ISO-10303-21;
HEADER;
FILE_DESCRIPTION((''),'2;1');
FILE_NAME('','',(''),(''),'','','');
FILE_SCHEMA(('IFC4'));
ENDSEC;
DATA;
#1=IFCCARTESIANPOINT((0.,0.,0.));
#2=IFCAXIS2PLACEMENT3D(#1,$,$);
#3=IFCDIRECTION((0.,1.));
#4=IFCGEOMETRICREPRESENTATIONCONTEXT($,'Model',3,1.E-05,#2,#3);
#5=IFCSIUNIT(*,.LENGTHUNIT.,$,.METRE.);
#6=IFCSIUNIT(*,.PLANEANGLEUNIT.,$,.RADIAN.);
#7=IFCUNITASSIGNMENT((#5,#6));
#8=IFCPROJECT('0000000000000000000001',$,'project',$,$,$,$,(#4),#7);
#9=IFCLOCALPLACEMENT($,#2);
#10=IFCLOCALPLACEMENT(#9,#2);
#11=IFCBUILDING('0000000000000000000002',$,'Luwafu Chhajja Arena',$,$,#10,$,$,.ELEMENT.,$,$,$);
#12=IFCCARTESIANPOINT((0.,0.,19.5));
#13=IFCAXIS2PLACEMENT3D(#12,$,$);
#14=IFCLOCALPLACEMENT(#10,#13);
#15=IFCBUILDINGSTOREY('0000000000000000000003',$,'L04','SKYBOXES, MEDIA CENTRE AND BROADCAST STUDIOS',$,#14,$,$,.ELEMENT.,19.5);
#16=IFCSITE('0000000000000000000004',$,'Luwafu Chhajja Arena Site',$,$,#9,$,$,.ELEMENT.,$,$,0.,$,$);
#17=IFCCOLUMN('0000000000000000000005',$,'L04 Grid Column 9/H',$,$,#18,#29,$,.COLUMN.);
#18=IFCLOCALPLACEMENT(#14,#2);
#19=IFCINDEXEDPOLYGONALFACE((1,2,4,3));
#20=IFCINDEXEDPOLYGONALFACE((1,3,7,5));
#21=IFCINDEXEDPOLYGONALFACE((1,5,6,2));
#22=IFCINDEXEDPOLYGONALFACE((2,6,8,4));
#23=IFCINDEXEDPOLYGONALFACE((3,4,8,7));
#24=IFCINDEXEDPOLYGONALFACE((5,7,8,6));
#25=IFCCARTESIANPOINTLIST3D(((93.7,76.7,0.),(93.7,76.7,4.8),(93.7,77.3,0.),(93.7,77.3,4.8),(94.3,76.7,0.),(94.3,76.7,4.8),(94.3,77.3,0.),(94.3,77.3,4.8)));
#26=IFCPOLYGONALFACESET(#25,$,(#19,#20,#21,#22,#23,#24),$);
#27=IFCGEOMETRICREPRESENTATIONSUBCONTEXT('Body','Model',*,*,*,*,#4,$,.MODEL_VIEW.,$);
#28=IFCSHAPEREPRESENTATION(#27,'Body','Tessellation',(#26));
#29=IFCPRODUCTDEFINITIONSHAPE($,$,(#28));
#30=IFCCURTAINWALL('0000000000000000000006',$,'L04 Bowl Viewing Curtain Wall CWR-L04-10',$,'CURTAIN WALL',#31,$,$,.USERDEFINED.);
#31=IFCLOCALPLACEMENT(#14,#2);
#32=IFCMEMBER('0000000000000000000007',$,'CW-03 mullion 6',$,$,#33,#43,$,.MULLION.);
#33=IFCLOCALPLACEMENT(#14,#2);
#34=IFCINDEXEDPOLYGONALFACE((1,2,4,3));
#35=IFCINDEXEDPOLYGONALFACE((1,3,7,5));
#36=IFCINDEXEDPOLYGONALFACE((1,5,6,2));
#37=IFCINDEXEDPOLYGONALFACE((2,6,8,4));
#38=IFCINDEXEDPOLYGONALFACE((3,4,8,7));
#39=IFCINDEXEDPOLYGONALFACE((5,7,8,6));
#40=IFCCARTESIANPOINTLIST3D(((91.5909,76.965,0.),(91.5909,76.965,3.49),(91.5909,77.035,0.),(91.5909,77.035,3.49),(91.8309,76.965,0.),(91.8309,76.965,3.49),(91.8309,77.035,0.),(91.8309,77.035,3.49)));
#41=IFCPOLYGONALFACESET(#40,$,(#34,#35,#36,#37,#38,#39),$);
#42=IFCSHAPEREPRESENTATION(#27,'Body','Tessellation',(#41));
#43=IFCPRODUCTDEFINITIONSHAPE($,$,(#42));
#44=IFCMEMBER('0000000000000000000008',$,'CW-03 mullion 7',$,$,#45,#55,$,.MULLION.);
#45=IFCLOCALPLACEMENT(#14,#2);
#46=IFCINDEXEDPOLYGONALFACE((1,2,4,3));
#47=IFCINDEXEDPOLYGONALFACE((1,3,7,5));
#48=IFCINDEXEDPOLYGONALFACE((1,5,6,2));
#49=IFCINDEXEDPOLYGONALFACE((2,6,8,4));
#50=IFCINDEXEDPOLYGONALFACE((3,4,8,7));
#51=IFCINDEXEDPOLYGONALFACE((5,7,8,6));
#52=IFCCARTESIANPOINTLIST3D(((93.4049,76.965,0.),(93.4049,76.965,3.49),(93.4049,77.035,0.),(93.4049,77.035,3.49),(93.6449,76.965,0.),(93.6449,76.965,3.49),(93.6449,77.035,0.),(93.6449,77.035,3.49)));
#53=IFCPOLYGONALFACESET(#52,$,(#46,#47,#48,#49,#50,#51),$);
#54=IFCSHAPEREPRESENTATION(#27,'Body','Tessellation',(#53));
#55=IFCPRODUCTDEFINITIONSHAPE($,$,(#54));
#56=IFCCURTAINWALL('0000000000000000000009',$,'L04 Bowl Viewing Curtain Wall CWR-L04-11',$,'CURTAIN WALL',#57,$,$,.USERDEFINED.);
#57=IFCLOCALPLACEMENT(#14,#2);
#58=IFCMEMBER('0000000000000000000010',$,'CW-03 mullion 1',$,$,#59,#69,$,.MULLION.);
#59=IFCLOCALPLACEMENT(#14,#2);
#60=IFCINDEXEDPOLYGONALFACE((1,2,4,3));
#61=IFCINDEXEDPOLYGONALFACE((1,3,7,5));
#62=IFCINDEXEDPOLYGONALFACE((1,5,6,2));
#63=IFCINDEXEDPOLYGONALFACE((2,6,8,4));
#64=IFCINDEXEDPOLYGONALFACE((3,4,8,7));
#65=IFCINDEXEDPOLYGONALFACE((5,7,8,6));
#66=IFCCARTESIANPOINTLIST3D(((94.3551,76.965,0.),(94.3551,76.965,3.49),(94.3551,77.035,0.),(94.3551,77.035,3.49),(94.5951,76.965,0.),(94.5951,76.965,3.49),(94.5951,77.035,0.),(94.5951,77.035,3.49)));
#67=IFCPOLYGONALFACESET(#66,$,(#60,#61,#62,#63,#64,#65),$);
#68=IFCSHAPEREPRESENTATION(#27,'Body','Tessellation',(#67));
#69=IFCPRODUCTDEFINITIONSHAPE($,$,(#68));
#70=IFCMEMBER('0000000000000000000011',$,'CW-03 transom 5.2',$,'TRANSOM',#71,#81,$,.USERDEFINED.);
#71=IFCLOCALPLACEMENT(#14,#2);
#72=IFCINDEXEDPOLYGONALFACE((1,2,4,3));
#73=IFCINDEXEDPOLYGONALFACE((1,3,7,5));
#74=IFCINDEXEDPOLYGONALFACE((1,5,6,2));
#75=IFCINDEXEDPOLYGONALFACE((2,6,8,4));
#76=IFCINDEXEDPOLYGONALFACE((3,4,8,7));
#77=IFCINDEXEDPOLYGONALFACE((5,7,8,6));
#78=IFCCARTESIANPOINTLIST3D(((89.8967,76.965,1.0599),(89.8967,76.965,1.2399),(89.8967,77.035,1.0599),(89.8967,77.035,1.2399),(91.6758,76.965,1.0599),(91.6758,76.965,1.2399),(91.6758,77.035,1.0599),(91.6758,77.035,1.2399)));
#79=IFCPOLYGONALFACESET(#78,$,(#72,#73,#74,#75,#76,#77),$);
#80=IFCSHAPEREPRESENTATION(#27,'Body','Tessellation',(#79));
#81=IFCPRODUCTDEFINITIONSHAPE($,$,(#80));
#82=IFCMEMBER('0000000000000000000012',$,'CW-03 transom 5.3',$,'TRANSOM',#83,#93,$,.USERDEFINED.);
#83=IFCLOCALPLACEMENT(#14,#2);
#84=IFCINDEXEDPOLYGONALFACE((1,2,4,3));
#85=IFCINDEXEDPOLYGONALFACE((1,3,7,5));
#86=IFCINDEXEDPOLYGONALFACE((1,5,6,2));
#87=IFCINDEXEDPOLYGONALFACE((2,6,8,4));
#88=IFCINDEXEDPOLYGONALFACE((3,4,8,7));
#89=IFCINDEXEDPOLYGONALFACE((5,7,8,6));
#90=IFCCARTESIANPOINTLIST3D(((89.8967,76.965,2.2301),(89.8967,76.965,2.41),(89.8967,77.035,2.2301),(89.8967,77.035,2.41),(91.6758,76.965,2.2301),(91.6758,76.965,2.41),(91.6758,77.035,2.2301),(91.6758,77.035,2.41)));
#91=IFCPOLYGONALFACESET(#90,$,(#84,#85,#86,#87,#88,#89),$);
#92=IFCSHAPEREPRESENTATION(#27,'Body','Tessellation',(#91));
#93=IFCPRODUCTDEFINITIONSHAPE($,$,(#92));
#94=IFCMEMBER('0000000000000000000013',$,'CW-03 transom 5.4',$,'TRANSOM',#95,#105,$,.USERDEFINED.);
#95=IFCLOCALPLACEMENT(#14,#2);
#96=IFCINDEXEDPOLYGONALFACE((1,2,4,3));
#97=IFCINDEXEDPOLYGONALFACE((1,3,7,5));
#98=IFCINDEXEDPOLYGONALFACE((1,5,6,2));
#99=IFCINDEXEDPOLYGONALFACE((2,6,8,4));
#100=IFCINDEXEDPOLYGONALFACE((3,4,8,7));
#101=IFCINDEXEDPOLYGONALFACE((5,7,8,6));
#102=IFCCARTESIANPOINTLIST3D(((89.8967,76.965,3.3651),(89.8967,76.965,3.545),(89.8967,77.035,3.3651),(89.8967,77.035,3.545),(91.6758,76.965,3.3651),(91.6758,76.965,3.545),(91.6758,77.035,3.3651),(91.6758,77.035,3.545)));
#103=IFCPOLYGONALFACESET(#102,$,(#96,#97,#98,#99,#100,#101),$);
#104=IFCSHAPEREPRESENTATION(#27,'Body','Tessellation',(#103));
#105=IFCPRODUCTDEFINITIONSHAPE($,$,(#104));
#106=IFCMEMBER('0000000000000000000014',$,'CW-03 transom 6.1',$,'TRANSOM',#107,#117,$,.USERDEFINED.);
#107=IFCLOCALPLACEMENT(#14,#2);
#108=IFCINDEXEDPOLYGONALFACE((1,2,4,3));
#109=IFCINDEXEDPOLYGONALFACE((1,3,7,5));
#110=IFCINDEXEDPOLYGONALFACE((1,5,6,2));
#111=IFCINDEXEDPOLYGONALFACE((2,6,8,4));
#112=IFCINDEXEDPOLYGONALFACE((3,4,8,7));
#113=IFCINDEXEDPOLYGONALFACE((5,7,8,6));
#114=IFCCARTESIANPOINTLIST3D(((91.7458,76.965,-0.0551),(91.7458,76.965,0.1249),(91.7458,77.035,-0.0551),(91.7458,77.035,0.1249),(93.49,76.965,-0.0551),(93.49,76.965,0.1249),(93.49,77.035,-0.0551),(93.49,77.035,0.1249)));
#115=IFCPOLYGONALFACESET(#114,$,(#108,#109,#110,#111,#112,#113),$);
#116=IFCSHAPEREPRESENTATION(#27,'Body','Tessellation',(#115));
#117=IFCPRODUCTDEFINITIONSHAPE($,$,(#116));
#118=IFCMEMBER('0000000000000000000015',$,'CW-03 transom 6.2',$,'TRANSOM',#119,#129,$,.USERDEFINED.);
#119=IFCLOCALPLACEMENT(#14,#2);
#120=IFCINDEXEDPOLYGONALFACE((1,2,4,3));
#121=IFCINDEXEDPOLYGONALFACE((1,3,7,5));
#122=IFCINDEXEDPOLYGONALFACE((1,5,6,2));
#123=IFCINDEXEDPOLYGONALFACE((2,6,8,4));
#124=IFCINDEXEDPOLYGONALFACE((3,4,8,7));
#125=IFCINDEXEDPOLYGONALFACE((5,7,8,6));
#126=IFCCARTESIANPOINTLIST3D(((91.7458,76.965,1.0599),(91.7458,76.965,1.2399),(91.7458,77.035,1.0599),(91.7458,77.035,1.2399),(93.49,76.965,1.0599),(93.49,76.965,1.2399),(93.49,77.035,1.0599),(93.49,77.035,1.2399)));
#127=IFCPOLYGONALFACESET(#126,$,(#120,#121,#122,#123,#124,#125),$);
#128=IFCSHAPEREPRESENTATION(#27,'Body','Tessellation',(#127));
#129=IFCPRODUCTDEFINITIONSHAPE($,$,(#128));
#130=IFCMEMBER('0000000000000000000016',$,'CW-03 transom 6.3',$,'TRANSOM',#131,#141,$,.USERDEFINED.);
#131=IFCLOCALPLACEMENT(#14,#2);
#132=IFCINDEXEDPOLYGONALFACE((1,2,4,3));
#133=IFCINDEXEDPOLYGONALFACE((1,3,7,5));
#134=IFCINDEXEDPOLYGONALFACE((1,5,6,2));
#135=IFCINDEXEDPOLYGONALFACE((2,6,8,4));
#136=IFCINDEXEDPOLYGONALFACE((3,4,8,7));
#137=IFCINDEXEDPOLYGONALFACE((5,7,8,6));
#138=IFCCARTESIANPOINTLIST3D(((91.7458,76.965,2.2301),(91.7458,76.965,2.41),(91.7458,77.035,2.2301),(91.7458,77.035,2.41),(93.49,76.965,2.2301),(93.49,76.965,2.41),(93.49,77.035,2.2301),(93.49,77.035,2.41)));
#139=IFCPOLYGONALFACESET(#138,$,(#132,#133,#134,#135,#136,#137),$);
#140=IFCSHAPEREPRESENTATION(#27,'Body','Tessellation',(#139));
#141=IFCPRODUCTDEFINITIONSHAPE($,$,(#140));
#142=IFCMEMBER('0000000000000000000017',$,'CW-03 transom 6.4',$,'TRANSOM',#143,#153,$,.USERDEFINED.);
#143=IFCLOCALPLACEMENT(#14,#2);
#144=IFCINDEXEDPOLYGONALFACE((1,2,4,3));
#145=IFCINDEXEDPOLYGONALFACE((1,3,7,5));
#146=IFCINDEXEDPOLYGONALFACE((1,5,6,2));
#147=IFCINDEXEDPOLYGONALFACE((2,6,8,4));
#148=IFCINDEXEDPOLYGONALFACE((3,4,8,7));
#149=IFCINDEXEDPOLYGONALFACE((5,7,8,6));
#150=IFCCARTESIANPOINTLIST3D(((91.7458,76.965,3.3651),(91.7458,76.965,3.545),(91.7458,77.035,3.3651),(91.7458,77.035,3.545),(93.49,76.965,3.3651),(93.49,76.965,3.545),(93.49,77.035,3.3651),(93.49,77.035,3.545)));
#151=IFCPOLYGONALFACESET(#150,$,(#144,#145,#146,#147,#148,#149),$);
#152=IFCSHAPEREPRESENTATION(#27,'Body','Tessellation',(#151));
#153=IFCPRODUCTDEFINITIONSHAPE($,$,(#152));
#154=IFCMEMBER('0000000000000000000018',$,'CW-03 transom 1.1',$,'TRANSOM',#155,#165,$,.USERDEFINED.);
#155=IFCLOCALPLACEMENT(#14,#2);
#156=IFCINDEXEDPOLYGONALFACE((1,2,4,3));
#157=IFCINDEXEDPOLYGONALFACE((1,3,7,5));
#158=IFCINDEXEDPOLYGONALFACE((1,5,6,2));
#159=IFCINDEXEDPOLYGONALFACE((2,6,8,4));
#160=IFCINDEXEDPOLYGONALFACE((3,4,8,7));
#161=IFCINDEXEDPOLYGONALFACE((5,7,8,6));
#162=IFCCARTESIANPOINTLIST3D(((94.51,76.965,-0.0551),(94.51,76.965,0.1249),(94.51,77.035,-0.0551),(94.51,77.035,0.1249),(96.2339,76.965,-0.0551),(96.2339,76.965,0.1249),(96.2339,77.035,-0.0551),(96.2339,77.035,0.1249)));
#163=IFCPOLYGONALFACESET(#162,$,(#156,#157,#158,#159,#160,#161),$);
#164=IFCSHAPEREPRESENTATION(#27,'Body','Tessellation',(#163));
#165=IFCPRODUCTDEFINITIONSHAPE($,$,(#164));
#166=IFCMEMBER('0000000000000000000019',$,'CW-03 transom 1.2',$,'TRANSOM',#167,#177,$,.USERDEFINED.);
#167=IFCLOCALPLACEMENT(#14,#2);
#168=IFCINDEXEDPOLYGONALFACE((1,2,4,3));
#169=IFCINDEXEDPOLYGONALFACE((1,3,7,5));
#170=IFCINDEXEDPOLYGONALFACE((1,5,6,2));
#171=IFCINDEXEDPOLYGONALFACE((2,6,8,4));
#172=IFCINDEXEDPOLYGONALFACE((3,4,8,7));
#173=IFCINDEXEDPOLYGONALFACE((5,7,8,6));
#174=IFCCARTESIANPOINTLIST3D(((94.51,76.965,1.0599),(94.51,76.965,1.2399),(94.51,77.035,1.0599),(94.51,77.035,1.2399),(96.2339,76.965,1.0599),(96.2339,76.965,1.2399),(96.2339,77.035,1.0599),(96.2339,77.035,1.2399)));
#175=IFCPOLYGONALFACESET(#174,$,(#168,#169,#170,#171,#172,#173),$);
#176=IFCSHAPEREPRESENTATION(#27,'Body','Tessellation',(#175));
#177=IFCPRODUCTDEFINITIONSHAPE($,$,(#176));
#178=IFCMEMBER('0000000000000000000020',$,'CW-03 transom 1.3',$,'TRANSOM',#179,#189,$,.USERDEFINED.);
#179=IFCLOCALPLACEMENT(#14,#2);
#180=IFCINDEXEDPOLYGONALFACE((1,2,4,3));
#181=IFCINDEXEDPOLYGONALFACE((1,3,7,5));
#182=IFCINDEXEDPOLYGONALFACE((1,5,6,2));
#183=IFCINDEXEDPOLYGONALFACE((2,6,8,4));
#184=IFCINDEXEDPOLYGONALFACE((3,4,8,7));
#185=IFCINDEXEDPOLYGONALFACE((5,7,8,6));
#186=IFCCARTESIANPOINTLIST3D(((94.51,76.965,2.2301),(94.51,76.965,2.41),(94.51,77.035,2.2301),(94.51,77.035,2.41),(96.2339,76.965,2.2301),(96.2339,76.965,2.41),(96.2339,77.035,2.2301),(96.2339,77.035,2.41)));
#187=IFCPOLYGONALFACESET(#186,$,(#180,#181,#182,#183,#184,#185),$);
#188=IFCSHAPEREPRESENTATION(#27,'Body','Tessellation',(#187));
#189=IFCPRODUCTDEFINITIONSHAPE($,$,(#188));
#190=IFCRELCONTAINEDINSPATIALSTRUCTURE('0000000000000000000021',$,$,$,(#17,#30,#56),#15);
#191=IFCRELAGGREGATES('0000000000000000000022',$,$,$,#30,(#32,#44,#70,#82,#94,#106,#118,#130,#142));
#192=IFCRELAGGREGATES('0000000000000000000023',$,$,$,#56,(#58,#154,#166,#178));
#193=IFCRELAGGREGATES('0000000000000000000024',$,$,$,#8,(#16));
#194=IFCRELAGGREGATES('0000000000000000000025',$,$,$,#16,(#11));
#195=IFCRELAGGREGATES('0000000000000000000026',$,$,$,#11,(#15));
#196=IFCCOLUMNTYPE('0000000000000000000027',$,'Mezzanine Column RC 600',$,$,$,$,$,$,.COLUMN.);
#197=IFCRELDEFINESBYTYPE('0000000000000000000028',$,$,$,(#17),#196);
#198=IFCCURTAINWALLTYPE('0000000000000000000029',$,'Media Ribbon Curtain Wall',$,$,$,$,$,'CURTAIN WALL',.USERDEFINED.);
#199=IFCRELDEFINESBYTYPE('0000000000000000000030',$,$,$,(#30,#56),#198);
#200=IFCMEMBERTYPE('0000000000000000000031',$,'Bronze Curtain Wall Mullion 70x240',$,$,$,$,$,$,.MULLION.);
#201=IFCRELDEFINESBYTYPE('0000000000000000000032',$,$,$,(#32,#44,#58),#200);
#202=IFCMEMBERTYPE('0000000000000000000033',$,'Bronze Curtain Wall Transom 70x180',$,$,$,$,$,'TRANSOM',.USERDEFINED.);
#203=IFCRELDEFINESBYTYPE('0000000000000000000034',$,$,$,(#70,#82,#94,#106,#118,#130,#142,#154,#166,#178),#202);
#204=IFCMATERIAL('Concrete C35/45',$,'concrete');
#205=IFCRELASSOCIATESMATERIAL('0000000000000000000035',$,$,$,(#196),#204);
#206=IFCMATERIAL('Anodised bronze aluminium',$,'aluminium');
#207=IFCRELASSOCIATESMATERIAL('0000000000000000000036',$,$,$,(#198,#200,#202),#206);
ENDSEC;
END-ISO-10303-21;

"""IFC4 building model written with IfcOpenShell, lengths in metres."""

from ifc_helpers import new_model, si_unit, direction, frame, origin, origin_2d, place, context, subcontext, project, spatial, rectangle, extrude, material, material_profile, profile_set, type_object, element, aggregate, save


model = new_model("IFC4")

# Units and contexts
model_context = context("Model", 3, precision=1e-05, world=origin(), true_north=direction((0.0, 1.0)))
body_context = subcontext(model_context, "Body", "Model", "MODEL_VIEW")
ifc_project = project(units=[si_unit("LENGTHUNIT", "METRE"), si_unit("PLANEANGLEUNIT", "RADIAN")], contexts=[model_context])

# Site, building, storey
site_placement = place(None, origin())
site = spatial("IfcSite", under=ifc_project, at=site_placement, Name="Luwafu Chhajja Arena Site", CompositionType="ELEMENT", RefElevation=0.0)
building_placement = place(site_placement, origin())
building = spatial("IfcBuilding", under=site, at=building_placement, Name="Luwafu Chhajja Arena", CompositionType="ELEMENT")
storey_placement = place(building_placement, frame((0.0, 0.0, 19.5)))
storey = spatial("IfcBuildingStorey", under=building, at=storey_placement, Name="L04", Description="SKYBOXES, MEDIA CENTRE AND BROADCAST STUDIOS", CompositionType="ELEMENT", Elevation=19.5)

# Column
ifc_material_1 = material(Name="Concrete C35/45", Category="concrete")
ifc_material_profile_1 = material_profile(ifc_material_1, rectangle(XDim=0.6001, YDim=0.6001, at=origin_2d()), Name="RC 600x600")
ifc_profile_set_1 = profile_set([ifc_material_profile_1], Name="Concrete C35/45")
column_type = type_object("IfcColumnType", Name="Mezzanine Column RC 600", PredefinedType="COLUMN", material=ifc_profile_set_1)
column_placement = place(storey_placement, frame((94.0, 77.0, 0.0), z_axis=(0.0, 0.0, 1.0), x_axis=(1.0, 0.0, 0.0)))
element("IfcColumn", 1, at=column_placement, inside=storey, type_object=column_type, Name="L04 Grid Column 9/H", PredefinedType="COLUMN", context=body_context, shape_type="SweptSolid", body=[
    extrude(rectangle(XDim=0.6001, YDim=0.6001, at=origin_2d()), origin(), (0.0, 0.0, 1.0), 4.8),
])

# Curtain wall, members
ifc_material_2 = material(Name="Anodised bronze aluminium", Category="aluminium")
curtain_wall_type = type_object("IfcCurtainWallType", Name="Media Ribbon Curtain Wall", ElementType="CURTAIN WALL", PredefinedType="USERDEFINED", material=ifc_material_2)
curtain_wall_1_placement = place(storey_placement, origin())
curtain_wall_1 = element("IfcCurtainWall", 2, at=curtain_wall_1_placement, inside=storey, type_object=curtain_wall_type, Name="L04 Bowl Viewing Curtain Wall CWR-L04-10", ObjectType="CURTAIN WALL", PredefinedType="USERDEFINED")
ifc_material_profile_2 = material_profile(ifc_material_2, rectangle(XDim=0.0701, YDim=0.24, at=origin_2d()), Name="CWM 70x240")
ifc_profile_set_2 = profile_set([ifc_material_profile_2], Name="Anodised bronze aluminium")
member_type_1 = type_object("IfcMemberType", Name="Bronze Curtain Wall Mullion 70x240", PredefinedType="MULLION", material=ifc_profile_set_2)
member_1_placement = place(storey_placement, frame((91.7109, 77.0, 0.0), z_axis=(0.0, 0.0, 1.0), x_axis=(0.0, 1.0, 0.0)))
member_1 = element("IfcMember", 3, at=member_1_placement, type_object=member_type_1, Name="CW-03 mullion 6", PredefinedType="MULLION", context=body_context, shape_type="SweptSolid", body=[
    extrude(rectangle(XDim=0.0701, YDim=0.24, at=origin_2d()), origin(), (0.0, 0.0, 1.0), 3.49),
])
member_2_placement = place(storey_placement, frame((93.5249, 77.0, 0.0), z_axis=(0.0, 0.0, 1.0), x_axis=(0.0, 1.0, 0.0)))
member_2 = element("IfcMember", 4, at=member_2_placement, type_object=member_type_1, Name="CW-03 mullion 7", PredefinedType="MULLION", context=body_context, shape_type="SweptSolid", body=[
    extrude(rectangle(XDim=0.0701, YDim=0.24, at=origin_2d()), origin(), (0.0, 0.0, 1.0), 3.49),
])

# Curtain wall, member
curtain_wall_2_placement = place(storey_placement, origin())
curtain_wall_2 = element("IfcCurtainWall", 5, at=curtain_wall_2_placement, inside=storey, type_object=curtain_wall_type, Name="L04 Bowl Viewing Curtain Wall CWR-L04-11", ObjectType="CURTAIN WALL", PredefinedType="USERDEFINED")
member_3_placement = place(storey_placement, frame((94.4751, 77.0, 0.0), z_axis=(0.0, 0.0, 1.0), x_axis=(0.0, 1.0, 0.0)))
member_3 = element("IfcMember", 6, at=member_3_placement, type_object=member_type_1, Name="CW-03 mullion 1", PredefinedType="MULLION", context=body_context, shape_type="SweptSolid", body=[
    extrude(rectangle(XDim=0.0701, YDim=0.24, at=origin_2d()), origin(), (0.0, 0.0, 1.0), 3.49),
])

# Members
ifc_material_profile_3 = material_profile(ifc_material_2, rectangle(XDim=0.0701, YDim=0.1799, at=origin_2d()), Name="CWT 70x180")
ifc_profile_set_3 = profile_set([ifc_material_profile_3], Name="Anodised bronze aluminium")
member_type_2 = type_object("IfcMemberType", Name="Bronze Curtain Wall Transom 70x180", ElementType="TRANSOM", PredefinedType="USERDEFINED", material=ifc_profile_set_3)
member_4_placement = place(storey_placement, frame((89.8967, 77.0, 1.1499), z_axis=(1.0, 0.0, 0.0), x_axis=(0.0, 1.0, 0.0)))
member_4 = element("IfcMember", 7, at=member_4_placement, type_object=member_type_2, Name="CW-03 transom 5.2", ObjectType="TRANSOM", PredefinedType="USERDEFINED", context=body_context, shape_type="SweptSolid", body=[
    extrude(rectangle(XDim=0.0701, YDim=0.1799, at=origin_2d()), origin(), (0.0, 0.0, 1.0), 1.7791),
])
member_5_placement = place(storey_placement, frame((89.8967, 77.0, 2.3201), z_axis=(1.0, 0.0, 0.0), x_axis=(0.0, 1.0, 0.0)))
member_5 = element("IfcMember", 8, at=member_5_placement, type_object=member_type_2, Name="CW-03 transom 5.3", ObjectType="TRANSOM", PredefinedType="USERDEFINED", context=body_context, shape_type="SweptSolid", body=[
    extrude(rectangle(XDim=0.0701, YDim=0.1799, at=origin_2d()), origin(), (0.0, 0.0, 1.0), 1.7791),
])
member_6_placement = place(storey_placement, frame((89.8967, 77.0, 3.4551), z_axis=(1.0, 0.0, 0.0), x_axis=(0.0, 1.0, 0.0)))
member_6 = element("IfcMember", 9, at=member_6_placement, type_object=member_type_2, Name="CW-03 transom 5.4", ObjectType="TRANSOM", PredefinedType="USERDEFINED", context=body_context, shape_type="SweptSolid", body=[
    extrude(rectangle(XDim=0.0701, YDim=0.1799, at=origin_2d()), origin(), (0.0, 0.0, 1.0), 1.7791),
])
member_7_placement = place(storey_placement, frame((91.7458, 77.0, 0.0349), z_axis=(1.0, 0.0, 0.0), x_axis=(0.0, 1.0, 0.0)))
member_7 = element("IfcMember", 10, at=member_7_placement, type_object=member_type_2, Name="CW-03 transom 6.1", ObjectType="TRANSOM", PredefinedType="USERDEFINED", context=body_context, shape_type="SweptSolid", body=[
    extrude(rectangle(XDim=0.0701, YDim=0.1799, at=origin_2d()), origin(), (0.0, 0.0, 1.0), 1.7441),
])
member_8_placement = place(storey_placement, frame((91.7458, 77.0, 1.1499), z_axis=(1.0, 0.0, 0.0), x_axis=(0.0, 1.0, 0.0)))
member_8 = element("IfcMember", 11, at=member_8_placement, type_object=member_type_2, Name="CW-03 transom 6.2", ObjectType="TRANSOM", PredefinedType="USERDEFINED", context=body_context, shape_type="SweptSolid", body=[
    extrude(rectangle(XDim=0.0701, YDim=0.1799, at=origin_2d()), origin(), (0.0, 0.0, 1.0), 1.7441),
])
member_9_placement = place(storey_placement, frame((91.7458, 77.0, 2.3201), z_axis=(1.0, 0.0, 0.0), x_axis=(0.0, 1.0, 0.0)))
member_9 = element("IfcMember", 12, at=member_9_placement, type_object=member_type_2, Name="CW-03 transom 6.3", ObjectType="TRANSOM", PredefinedType="USERDEFINED", context=body_context, shape_type="SweptSolid", body=[
    extrude(rectangle(XDim=0.0701, YDim=0.1799, at=origin_2d()), origin(), (0.0, 0.0, 1.0), 1.7441),
])
member_10_placement = place(storey_placement, frame((91.7458, 77.0, 3.4551), z_axis=(1.0, 0.0, 0.0), x_axis=(0.0, 1.0, 0.0)))
member_10 = element("IfcMember", 13, at=member_10_placement, type_object=member_type_2, Name="CW-03 transom 6.4", ObjectType="TRANSOM", PredefinedType="USERDEFINED", context=body_context, shape_type="SweptSolid", body=[
    extrude(rectangle(XDim=0.0701, YDim=0.1799, at=origin_2d()), origin(), (0.0, 0.0, 1.0), 1.7441),
])
member_11_placement = place(storey_placement, frame((94.51, 77.0, 0.0349), z_axis=(1.0, 0.0, 0.0), x_axis=(0.0, 1.0, 0.0)))
member_11 = element("IfcMember", 14, at=member_11_placement, type_object=member_type_2, Name="CW-03 transom 1.1", ObjectType="TRANSOM", PredefinedType="USERDEFINED", context=body_context, shape_type="SweptSolid", body=[
    extrude(rectangle(XDim=0.0701, YDim=0.1799, at=origin_2d()), origin(), (0.0, 0.0, 1.0), 1.7239),
])
member_12_placement = place(storey_placement, frame((94.51, 77.0, 1.1499), z_axis=(1.0, 0.0, 0.0), x_axis=(0.0, 1.0, 0.0)))
member_12 = element("IfcMember", 15, at=member_12_placement, type_object=member_type_2, Name="CW-03 transom 1.2", ObjectType="TRANSOM", PredefinedType="USERDEFINED", context=body_context, shape_type="SweptSolid", body=[
    extrude(rectangle(XDim=0.0701, YDim=0.1799, at=origin_2d()), origin(), (0.0, 0.0, 1.0), 1.7239),
])
member_13_placement = place(storey_placement, frame((94.51, 77.0, 2.3201), z_axis=(1.0, 0.0, 0.0), x_axis=(0.0, 1.0, 0.0)))
member_13 = element("IfcMember", 16, at=member_13_placement, type_object=member_type_2, Name="CW-03 transom 1.3", ObjectType="TRANSOM", PredefinedType="USERDEFINED", context=body_context, shape_type="SweptSolid", body=[
    extrude(rectangle(XDim=0.0701, YDim=0.1799, at=origin_2d()), origin(), (0.0, 0.0, 1.0), 1.7239),
])

aggregate(curtain_wall_1, [member_1, member_2, member_4, member_5, member_6, member_7, member_8, member_9, member_10])
aggregate(curtain_wall_2, [member_3, member_11, member_12, member_13])

save(model, "model.ifc")
